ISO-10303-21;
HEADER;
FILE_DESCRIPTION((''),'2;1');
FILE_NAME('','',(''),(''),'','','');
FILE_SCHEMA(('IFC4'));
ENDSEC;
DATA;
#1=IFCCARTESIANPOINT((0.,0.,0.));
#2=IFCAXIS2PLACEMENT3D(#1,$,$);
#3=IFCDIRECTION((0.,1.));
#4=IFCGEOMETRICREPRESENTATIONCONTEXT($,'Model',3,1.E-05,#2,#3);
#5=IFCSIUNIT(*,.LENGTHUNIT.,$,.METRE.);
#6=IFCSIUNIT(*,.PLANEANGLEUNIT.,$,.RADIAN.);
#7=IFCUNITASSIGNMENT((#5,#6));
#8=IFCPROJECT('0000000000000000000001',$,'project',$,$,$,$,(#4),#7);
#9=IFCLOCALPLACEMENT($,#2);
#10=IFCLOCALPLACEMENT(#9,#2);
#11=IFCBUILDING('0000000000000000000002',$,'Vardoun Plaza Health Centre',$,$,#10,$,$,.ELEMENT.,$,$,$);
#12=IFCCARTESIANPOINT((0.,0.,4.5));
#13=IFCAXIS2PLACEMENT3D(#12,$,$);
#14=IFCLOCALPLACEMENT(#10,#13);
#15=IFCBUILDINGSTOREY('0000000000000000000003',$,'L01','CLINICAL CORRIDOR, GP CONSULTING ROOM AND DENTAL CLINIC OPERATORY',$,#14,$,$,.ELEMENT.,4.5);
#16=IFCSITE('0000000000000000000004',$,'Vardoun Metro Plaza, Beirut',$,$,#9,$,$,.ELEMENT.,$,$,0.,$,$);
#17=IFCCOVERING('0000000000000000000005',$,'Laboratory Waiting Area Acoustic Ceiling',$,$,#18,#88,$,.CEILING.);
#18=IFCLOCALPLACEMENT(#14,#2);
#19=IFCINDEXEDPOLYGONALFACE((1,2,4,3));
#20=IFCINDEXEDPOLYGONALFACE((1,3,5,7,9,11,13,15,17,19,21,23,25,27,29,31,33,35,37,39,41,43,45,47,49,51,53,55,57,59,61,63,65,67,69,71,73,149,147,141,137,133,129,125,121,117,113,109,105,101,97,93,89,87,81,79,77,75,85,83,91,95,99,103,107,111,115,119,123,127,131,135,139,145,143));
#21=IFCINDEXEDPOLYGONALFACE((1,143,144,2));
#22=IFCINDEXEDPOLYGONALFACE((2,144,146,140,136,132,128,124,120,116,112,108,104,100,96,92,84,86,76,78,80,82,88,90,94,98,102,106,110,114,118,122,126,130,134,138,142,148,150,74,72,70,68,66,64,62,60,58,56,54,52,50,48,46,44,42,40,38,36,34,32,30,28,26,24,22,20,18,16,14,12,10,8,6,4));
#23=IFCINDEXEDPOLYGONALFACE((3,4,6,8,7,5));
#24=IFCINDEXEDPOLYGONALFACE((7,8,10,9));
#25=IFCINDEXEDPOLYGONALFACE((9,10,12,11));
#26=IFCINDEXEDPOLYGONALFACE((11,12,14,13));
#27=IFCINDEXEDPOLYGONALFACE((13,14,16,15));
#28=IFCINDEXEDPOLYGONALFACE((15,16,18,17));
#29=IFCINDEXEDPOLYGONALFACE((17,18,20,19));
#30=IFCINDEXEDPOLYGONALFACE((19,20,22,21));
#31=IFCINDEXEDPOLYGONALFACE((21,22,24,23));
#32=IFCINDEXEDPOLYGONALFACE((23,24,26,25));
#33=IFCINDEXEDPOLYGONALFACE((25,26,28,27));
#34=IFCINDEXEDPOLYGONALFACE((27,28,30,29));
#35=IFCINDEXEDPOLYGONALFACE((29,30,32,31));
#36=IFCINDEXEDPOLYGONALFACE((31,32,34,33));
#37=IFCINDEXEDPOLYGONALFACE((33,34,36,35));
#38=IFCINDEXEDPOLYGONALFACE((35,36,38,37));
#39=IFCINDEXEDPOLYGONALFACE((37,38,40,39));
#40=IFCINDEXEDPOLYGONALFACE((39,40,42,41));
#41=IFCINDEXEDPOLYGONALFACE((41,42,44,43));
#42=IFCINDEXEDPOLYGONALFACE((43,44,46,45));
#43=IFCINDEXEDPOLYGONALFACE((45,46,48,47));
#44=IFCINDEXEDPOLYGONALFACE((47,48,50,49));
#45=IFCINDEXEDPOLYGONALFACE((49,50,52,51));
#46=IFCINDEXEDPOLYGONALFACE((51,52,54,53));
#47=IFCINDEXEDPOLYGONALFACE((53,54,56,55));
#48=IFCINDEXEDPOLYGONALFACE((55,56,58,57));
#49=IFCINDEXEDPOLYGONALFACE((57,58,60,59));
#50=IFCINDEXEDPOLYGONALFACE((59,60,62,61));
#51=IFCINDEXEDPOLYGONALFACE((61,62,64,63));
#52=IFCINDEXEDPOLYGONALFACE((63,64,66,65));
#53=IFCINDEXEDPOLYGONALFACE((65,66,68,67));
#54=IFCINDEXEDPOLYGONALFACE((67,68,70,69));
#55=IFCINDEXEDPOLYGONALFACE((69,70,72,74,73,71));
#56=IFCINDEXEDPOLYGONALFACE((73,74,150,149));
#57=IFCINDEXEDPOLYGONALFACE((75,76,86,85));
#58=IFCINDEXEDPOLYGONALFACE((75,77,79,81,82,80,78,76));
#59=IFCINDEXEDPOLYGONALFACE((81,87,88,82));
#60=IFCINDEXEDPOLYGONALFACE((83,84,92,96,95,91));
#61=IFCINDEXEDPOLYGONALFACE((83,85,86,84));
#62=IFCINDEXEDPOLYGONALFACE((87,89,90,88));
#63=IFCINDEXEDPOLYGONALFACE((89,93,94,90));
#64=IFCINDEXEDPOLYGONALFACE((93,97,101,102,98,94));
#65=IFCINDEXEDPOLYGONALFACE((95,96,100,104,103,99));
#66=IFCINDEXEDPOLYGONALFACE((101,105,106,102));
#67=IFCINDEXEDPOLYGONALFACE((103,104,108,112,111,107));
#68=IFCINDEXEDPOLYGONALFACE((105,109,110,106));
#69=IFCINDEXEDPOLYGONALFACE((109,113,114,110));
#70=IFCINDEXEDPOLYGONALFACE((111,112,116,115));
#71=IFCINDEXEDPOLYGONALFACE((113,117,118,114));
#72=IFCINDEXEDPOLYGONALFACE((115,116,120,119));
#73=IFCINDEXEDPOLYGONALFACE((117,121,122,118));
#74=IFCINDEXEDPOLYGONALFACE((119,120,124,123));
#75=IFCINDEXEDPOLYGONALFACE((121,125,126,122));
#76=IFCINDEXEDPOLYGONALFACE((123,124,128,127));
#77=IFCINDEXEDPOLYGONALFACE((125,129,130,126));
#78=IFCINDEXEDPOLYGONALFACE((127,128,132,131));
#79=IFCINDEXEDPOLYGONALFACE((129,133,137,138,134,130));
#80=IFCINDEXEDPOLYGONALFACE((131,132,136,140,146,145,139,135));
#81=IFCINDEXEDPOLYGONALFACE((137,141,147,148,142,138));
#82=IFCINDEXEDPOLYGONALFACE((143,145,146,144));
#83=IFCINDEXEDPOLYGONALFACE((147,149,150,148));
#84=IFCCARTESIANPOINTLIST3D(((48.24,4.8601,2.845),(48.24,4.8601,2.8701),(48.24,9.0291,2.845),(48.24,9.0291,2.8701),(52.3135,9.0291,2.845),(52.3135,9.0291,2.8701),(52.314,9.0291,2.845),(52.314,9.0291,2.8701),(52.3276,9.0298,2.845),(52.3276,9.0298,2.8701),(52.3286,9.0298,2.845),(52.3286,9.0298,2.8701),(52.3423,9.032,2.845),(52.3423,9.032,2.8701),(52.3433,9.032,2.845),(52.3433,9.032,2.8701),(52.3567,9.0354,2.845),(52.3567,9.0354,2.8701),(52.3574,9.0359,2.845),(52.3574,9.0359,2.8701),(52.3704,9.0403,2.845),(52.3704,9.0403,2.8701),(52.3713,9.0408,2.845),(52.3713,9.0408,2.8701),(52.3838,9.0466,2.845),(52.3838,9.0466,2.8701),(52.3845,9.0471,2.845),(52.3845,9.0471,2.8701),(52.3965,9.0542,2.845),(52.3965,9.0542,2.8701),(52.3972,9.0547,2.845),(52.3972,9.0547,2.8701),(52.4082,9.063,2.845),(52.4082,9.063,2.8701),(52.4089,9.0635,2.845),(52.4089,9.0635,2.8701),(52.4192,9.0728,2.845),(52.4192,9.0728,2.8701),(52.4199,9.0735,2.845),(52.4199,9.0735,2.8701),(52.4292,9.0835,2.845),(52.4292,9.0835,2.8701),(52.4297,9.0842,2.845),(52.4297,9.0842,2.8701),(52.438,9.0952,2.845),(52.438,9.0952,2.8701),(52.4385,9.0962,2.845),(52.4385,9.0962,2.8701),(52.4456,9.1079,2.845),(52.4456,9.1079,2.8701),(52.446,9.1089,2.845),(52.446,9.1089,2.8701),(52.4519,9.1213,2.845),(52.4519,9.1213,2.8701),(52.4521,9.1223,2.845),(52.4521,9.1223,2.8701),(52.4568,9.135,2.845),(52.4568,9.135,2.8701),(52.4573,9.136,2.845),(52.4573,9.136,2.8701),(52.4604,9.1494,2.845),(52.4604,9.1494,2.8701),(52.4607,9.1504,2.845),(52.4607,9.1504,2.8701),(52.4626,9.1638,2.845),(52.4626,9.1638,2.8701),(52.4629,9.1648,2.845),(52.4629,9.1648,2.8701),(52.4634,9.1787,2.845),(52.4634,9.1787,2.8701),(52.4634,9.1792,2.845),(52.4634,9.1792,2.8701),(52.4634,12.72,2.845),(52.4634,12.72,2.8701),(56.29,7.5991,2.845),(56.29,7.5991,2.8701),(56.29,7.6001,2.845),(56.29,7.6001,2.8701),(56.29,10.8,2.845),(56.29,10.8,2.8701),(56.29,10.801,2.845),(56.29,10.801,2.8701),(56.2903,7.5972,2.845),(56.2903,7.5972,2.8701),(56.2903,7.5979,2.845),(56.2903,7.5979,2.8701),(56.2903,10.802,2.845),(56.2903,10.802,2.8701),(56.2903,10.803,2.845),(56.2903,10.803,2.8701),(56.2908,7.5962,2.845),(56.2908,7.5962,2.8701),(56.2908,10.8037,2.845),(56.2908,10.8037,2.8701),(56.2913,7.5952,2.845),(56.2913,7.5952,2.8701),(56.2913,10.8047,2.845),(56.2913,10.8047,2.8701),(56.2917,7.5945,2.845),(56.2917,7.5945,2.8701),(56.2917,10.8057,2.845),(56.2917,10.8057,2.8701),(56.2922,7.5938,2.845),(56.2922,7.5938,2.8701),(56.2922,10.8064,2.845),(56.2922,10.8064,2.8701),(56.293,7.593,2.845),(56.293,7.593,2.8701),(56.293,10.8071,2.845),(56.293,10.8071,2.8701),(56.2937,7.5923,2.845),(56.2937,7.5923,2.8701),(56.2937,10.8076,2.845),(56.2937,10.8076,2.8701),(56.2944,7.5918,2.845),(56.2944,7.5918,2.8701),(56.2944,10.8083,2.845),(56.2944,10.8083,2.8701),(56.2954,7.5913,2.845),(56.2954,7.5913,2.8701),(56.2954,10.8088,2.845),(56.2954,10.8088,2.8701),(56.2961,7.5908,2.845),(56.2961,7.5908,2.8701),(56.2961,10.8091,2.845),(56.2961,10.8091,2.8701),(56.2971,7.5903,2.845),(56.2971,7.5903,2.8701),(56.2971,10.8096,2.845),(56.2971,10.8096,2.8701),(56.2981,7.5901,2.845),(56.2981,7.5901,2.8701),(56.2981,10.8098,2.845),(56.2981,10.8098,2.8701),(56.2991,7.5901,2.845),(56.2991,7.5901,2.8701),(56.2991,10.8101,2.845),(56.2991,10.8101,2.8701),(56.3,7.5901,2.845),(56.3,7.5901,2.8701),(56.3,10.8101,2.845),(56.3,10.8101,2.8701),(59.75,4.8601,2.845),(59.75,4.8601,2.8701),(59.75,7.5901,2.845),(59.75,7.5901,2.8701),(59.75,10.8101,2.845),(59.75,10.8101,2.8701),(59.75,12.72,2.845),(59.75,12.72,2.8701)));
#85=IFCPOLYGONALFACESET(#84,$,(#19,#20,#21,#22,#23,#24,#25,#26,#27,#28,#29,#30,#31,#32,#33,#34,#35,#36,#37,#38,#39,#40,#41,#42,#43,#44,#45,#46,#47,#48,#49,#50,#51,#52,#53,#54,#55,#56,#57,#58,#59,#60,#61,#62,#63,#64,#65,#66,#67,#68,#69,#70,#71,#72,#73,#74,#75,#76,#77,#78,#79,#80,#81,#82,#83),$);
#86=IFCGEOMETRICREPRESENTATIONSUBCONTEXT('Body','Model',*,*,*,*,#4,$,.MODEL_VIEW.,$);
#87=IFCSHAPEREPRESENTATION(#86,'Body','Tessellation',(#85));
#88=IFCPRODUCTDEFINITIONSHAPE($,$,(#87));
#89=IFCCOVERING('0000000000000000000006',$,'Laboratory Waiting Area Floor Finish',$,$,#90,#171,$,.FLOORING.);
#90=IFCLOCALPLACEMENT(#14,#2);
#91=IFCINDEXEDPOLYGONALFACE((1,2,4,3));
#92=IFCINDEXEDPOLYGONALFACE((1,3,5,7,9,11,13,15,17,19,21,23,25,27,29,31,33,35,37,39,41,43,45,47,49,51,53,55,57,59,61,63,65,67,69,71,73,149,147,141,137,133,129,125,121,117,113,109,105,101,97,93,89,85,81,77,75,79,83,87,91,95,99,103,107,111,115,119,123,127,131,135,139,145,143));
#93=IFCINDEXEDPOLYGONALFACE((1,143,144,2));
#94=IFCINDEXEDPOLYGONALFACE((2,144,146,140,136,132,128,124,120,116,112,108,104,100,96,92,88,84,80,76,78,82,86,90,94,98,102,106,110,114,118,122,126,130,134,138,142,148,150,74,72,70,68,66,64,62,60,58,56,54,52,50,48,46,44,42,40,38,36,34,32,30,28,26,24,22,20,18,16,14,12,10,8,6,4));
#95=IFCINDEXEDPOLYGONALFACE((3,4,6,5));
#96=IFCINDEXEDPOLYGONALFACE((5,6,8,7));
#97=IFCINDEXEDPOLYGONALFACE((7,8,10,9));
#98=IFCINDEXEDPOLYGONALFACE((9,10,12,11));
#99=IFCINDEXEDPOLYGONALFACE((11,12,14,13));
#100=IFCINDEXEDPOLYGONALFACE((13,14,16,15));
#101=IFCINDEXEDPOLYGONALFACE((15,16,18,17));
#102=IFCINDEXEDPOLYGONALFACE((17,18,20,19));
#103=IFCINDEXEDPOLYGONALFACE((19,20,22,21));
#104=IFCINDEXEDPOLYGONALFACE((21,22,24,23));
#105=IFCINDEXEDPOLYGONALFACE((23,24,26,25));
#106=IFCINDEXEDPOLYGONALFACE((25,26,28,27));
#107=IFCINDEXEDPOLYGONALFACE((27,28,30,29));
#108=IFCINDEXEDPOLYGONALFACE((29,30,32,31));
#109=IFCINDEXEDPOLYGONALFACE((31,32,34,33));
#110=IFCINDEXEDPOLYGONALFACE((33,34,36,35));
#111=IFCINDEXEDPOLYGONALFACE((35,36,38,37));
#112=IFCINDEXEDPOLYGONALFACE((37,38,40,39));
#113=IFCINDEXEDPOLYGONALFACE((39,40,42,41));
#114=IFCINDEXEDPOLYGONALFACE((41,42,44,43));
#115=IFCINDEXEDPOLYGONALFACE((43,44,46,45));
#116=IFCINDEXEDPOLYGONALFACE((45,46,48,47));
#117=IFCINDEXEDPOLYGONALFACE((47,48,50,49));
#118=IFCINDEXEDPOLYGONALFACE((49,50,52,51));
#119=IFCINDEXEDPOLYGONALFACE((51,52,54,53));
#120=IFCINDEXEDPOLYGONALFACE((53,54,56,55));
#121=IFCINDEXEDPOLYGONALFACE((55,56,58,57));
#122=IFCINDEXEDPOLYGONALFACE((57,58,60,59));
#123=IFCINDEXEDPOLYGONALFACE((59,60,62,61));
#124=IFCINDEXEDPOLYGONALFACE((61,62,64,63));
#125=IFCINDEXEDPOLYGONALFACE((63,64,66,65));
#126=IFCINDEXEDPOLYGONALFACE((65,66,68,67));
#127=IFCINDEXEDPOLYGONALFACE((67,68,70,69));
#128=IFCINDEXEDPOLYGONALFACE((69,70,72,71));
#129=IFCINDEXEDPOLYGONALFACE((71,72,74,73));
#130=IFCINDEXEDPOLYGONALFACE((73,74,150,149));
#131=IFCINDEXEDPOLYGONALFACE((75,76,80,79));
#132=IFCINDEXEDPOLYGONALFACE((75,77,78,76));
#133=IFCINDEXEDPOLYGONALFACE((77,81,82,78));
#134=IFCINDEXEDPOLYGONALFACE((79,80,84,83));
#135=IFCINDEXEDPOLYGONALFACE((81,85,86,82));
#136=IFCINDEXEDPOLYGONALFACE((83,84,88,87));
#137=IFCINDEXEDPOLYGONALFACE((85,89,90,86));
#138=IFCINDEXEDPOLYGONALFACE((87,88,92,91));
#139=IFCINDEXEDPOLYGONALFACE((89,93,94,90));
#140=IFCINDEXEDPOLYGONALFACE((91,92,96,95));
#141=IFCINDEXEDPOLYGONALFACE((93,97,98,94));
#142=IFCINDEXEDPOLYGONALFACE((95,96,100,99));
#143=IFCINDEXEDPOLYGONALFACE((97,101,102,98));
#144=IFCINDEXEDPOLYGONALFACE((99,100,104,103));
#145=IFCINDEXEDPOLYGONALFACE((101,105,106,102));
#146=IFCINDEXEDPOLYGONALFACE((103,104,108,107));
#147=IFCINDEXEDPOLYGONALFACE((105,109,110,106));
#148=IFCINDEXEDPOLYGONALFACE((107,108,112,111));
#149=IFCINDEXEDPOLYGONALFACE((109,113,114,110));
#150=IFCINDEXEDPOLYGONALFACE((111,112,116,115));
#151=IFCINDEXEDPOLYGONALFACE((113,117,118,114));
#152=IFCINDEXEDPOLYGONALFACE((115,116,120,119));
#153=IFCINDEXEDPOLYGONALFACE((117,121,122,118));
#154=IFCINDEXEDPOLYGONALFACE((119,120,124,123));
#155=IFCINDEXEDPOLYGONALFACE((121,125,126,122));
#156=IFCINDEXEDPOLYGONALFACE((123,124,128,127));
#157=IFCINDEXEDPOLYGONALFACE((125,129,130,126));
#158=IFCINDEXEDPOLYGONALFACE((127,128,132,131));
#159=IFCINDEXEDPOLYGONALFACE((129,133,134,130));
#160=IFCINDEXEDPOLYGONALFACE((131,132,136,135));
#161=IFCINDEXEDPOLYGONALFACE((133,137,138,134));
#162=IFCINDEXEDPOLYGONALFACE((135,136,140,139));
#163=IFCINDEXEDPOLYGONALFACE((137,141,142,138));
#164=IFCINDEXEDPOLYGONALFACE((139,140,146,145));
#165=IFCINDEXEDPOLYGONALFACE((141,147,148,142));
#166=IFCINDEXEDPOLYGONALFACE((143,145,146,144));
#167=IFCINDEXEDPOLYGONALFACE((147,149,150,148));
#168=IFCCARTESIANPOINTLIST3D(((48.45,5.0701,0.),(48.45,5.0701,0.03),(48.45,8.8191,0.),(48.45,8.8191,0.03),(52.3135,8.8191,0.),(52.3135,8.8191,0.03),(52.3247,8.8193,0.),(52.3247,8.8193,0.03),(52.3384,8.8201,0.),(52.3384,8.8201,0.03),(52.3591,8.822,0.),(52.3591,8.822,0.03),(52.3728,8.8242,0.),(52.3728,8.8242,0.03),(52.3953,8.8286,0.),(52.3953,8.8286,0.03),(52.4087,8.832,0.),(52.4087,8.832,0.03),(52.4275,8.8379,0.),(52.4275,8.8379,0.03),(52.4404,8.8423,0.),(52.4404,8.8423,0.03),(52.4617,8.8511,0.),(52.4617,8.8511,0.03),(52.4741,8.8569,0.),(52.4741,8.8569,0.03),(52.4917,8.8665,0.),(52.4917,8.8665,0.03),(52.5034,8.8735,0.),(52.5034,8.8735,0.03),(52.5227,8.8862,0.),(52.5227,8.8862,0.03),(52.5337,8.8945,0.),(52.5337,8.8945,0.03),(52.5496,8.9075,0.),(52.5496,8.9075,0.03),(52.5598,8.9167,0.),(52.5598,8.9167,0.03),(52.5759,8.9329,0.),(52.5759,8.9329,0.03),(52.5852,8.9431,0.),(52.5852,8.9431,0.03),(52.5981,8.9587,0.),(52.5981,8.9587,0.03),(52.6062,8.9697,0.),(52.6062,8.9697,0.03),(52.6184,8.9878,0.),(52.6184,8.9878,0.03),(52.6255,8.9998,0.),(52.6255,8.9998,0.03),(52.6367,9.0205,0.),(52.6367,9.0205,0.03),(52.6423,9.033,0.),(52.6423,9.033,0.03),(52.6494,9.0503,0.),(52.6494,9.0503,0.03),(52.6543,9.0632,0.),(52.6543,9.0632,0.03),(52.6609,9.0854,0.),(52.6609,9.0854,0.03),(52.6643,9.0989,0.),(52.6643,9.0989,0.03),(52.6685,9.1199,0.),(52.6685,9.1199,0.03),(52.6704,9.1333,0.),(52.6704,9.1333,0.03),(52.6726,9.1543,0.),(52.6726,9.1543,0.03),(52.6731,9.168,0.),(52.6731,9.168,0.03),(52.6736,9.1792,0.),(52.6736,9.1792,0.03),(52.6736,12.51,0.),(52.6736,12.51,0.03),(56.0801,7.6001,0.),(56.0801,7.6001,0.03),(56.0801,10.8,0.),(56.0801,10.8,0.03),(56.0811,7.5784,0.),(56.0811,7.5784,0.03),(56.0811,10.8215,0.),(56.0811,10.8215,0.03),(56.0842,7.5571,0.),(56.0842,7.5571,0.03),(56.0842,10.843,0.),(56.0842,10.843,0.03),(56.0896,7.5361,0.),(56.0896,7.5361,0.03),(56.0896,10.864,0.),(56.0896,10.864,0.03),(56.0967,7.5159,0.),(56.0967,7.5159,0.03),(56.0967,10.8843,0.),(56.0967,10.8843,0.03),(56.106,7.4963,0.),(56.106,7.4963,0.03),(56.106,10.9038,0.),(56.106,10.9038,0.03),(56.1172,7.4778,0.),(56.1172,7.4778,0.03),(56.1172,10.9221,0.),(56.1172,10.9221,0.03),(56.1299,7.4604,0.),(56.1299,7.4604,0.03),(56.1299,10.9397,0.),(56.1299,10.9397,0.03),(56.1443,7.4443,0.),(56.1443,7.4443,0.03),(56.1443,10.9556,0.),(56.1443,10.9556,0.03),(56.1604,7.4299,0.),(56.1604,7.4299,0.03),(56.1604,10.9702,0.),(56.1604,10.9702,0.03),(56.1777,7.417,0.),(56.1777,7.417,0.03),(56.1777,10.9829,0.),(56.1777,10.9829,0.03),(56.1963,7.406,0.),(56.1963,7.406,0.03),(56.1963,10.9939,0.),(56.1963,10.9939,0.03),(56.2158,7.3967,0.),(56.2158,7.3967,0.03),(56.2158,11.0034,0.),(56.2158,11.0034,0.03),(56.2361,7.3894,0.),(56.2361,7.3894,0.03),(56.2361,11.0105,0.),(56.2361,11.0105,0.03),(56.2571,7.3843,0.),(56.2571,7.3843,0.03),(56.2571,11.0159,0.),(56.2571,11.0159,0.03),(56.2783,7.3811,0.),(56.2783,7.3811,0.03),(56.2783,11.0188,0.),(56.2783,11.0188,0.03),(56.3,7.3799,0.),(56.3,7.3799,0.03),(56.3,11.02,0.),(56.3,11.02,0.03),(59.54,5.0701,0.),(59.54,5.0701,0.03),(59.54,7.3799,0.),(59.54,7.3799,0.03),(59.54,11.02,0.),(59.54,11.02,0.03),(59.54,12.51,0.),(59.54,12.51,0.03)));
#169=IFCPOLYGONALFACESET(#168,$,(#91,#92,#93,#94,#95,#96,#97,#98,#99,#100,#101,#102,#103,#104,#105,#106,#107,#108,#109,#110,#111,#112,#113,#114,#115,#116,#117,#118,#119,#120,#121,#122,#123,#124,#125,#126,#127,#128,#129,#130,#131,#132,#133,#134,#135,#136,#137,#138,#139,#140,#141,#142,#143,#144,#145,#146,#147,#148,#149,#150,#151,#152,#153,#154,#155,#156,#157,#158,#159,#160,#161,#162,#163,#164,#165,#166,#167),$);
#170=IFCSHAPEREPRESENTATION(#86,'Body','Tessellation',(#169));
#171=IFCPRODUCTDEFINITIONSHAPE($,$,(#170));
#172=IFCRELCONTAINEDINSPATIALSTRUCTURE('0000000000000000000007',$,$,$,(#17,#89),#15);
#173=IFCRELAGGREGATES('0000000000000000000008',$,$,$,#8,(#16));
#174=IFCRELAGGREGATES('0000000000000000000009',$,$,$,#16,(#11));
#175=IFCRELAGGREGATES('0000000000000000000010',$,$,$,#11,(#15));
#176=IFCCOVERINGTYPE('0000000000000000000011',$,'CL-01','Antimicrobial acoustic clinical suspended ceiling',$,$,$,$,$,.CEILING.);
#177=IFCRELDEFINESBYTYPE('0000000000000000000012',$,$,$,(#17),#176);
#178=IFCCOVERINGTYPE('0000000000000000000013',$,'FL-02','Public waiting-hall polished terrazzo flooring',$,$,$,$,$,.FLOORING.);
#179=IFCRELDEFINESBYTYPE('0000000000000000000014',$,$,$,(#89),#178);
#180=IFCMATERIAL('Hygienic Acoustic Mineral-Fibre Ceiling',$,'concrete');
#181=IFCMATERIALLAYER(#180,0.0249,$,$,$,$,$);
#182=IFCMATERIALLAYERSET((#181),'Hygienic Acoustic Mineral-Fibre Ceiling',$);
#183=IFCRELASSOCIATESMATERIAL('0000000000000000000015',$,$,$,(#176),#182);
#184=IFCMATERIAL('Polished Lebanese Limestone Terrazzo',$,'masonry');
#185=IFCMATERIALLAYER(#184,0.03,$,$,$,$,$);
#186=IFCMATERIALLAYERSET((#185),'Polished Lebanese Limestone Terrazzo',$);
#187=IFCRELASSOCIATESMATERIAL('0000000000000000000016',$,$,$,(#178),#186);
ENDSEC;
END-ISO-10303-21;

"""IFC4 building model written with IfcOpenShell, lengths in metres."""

from ifc_helpers import new_model, si_unit, direction, frame, origin, place, context, subcontext, project, spatial, polyline, outline, extrude, material, layer, layer_set, type_object, element, save


model = new_model("IFC4")

# Units and contexts
model_context = context("Model", 3, precision=1e-05, world=origin(), true_north=direction((0.0, 1.0)))
body_context = subcontext(model_context, "Body", "Model", "MODEL_VIEW")
ifc_project = project(units=[si_unit("LENGTHUNIT", "METRE"), si_unit("PLANEANGLEUNIT", "RADIAN")], contexts=[model_context])

# Site, building, storey
site_placement = place(None, origin())
site = spatial("IfcSite", under=ifc_project, at=site_placement, Name="Vardoun Metro Plaza, Beirut", CompositionType="ELEMENT", RefElevation=0.0)
building_placement = place(site_placement, origin())
building = spatial("IfcBuilding", under=site, at=building_placement, Name="Vardoun Plaza Health Centre", CompositionType="ELEMENT")
storey_placement = place(building_placement, frame((0.0, 0.0, 4.5)))
storey = spatial("IfcBuildingStorey", under=building, at=storey_placement, Name="L01", Description="CLINICAL CORRIDOR, GP CONSULTING ROOM AND DENTAL CLINIC OPERATORY", CompositionType="ELEMENT", Elevation=4.5)

# Coverings
ifc_material_1 = material(Name="Hygienic Acoustic Mineral-Fibre Ceiling", Category="concrete")
ifc_layer_1 = layer(ifc_material_1, 0.0249)
ifc_layer_set_1 = layer_set([ifc_layer_1], Name="Hygienic Acoustic Mineral-Fibre Ceiling")
covering_type_1 = type_object("IfcCoveringType", Name="CL-01", Description="Antimicrobial acoustic clinical suspended ceiling", PredefinedType="CEILING", material=ifc_layer_set_1)
covering_1_placement = place(storey_placement, frame((0.0, 0.0, 2.845)))
element("IfcCovering", 1, at=covering_1_placement, inside=storey, type_object=covering_type_1, Name="Laboratory Waiting Area Acoustic Ceiling", PredefinedType="CEILING", context=body_context, shape_type="SweptSolid", body=[
    extrude(outline(polyline([(59.75, 10.8101), (56.3, 10.8101), (56.2991, 10.8101), (56.2981, 10.8098), (56.2971, 10.8096), (56.2961, 10.8091), (56.2954, 10.8088), (56.2944, 10.8083), (56.2937, 10.8076), (56.293, 10.8071), (56.2922, 10.8064), (56.2917, 10.8057), (56.2913, 10.8047), (56.2908, 10.8037), (56.2903, 10.803), (56.2903, 10.802), (56.29, 10.801), (56.29, 10.8), (56.29, 7.6001), (56.29, 7.5991), (56.2903, 7.5979), (56.2903, 7.5972), (56.2908, 7.5962), (56.2913, 7.5952), (56.2917, 7.5945), (56.2922, 7.5938), (56.293, 7.593), (56.2937, 7.5923), (56.2944, 7.5918), (56.2954, 7.5913), (56.2961, 7.5908), (56.2971, 7.5903), (56.2981, 7.5901), (56.2991, 7.5901), (56.3, 7.5901), (59.75, 7.5901), (59.75, 4.8601), (48.24, 4.8601), (48.24, 9.0291), (52.3135, 9.0291), (52.314, 9.0291), (52.3276, 9.0298), (52.3286, 9.0298), (52.3423, 9.032), (52.3433, 9.032), (52.3567, 9.0354), (52.3574, 9.0359), (52.3704, 9.0403), (52.3713, 9.0408), (52.3838, 9.0466), (52.3845, 9.0471), (52.3965, 9.0542), (52.3972, 9.0547), (52.4082, 9.063), (52.4089, 9.0635), (52.4192, 9.0728), (52.4199, 9.0735), (52.4292, 9.0835), (52.4297, 9.0842), (52.438, 9.0952), (52.4385, 9.0962), (52.4456, 9.1079), (52.446, 9.1089), (52.4519, 9.1213), (52.4521, 9.1223), (52.4568, 9.135), (52.4573, 9.136), (52.4604, 9.1494), (52.4607, 9.1504), (52.4626, 9.1638), (52.4629, 9.1648), (52.4634, 9.1787), (52.4634, 9.1792), (52.4634, 12.72), (59.75, 12.72), (59.75, 10.8101)])), origin(), (0.0, 0.0, 1.0), 0.0251),
])
ifc_material_2 = material(Name="Polished Lebanese Limestone Terrazzo", Category="masonry")
ifc_layer_2 = layer(ifc_material_2, 0.03)
ifc_layer_set_2 = layer_set([ifc_layer_2], Name="Polished Lebanese Limestone Terrazzo")
covering_type_2 = type_object("IfcCoveringType", Name="FL-02", Description="Public waiting-hall polished terrazzo flooring", PredefinedType="FLOORING", material=ifc_layer_set_2)
covering_2_placement = place(storey_placement, origin())
element("IfcCovering", 2, at=covering_2_placement, inside=storey, type_object=covering_type_2, Name="Laboratory Waiting Area Floor Finish", PredefinedType="FLOORING", context=body_context, shape_type="SweptSolid", body=[
    extrude(outline(polyline([(59.54, 11.02), (56.3, 11.02), (56.2783, 11.0188), (56.2571, 11.0159), (56.2361, 11.0105), (56.2158, 11.0034), (56.1963, 10.9939), (56.1777, 10.9829), (56.1604, 10.9702), (56.1443, 10.9556), (56.1299, 10.9397), (56.1172, 10.9221), (56.106, 10.9038), (56.0967, 10.8843), (56.0896, 10.864), (56.0842, 10.843), (56.0811, 10.8215), (56.0801, 10.8), (56.0801, 7.6001), (56.0811, 7.5784), (56.0842, 7.5571), (56.0896, 7.5361), (56.0967, 7.5159), (56.106, 7.4963), (56.1172, 7.4778), (56.1299, 7.4604), (56.1443, 7.4443), (56.1604, 7.4299), (56.1777, 7.417), (56.1963, 7.406), (56.2158, 7.3967), (56.2361, 7.3894), (56.2571, 7.3843), (56.2783, 7.3811), (56.3, 7.3799), (59.54, 7.3799), (59.54, 5.0701), (48.45, 5.0701), (48.45, 8.8191), (52.3135, 8.8191), (52.3247, 8.8193), (52.3384, 8.8201), (52.3591, 8.822), (52.3728, 8.8242), (52.3953, 8.8286), (52.4087, 8.832), (52.4275, 8.8379), (52.4404, 8.8423), (52.4617, 8.8511), (52.4741, 8.8569), (52.4917, 8.8665), (52.5034, 8.8735), (52.5227, 8.8862), (52.5337, 8.8945), (52.5496, 8.9075), (52.5598, 8.9167), (52.5759, 8.9329), (52.5852, 8.9431), (52.5981, 8.9587), (52.6062, 8.9697), (52.6184, 8.9878), (52.6255, 8.9998), (52.6367, 9.0205), (52.6423, 9.033), (52.6494, 9.0503), (52.6543, 9.0632), (52.6609, 9.0854), (52.6643, 9.0989), (52.6685, 9.1199), (52.6704, 9.1333), (52.6726, 9.1543), (52.6731, 9.168), (52.6736, 9.1792), (52.6736, 12.51), (59.54, 12.51), (59.54, 11.02)])), origin(), (0.0, 0.0, 1.0), 0.03),
])

save(model, "model.ifc")
